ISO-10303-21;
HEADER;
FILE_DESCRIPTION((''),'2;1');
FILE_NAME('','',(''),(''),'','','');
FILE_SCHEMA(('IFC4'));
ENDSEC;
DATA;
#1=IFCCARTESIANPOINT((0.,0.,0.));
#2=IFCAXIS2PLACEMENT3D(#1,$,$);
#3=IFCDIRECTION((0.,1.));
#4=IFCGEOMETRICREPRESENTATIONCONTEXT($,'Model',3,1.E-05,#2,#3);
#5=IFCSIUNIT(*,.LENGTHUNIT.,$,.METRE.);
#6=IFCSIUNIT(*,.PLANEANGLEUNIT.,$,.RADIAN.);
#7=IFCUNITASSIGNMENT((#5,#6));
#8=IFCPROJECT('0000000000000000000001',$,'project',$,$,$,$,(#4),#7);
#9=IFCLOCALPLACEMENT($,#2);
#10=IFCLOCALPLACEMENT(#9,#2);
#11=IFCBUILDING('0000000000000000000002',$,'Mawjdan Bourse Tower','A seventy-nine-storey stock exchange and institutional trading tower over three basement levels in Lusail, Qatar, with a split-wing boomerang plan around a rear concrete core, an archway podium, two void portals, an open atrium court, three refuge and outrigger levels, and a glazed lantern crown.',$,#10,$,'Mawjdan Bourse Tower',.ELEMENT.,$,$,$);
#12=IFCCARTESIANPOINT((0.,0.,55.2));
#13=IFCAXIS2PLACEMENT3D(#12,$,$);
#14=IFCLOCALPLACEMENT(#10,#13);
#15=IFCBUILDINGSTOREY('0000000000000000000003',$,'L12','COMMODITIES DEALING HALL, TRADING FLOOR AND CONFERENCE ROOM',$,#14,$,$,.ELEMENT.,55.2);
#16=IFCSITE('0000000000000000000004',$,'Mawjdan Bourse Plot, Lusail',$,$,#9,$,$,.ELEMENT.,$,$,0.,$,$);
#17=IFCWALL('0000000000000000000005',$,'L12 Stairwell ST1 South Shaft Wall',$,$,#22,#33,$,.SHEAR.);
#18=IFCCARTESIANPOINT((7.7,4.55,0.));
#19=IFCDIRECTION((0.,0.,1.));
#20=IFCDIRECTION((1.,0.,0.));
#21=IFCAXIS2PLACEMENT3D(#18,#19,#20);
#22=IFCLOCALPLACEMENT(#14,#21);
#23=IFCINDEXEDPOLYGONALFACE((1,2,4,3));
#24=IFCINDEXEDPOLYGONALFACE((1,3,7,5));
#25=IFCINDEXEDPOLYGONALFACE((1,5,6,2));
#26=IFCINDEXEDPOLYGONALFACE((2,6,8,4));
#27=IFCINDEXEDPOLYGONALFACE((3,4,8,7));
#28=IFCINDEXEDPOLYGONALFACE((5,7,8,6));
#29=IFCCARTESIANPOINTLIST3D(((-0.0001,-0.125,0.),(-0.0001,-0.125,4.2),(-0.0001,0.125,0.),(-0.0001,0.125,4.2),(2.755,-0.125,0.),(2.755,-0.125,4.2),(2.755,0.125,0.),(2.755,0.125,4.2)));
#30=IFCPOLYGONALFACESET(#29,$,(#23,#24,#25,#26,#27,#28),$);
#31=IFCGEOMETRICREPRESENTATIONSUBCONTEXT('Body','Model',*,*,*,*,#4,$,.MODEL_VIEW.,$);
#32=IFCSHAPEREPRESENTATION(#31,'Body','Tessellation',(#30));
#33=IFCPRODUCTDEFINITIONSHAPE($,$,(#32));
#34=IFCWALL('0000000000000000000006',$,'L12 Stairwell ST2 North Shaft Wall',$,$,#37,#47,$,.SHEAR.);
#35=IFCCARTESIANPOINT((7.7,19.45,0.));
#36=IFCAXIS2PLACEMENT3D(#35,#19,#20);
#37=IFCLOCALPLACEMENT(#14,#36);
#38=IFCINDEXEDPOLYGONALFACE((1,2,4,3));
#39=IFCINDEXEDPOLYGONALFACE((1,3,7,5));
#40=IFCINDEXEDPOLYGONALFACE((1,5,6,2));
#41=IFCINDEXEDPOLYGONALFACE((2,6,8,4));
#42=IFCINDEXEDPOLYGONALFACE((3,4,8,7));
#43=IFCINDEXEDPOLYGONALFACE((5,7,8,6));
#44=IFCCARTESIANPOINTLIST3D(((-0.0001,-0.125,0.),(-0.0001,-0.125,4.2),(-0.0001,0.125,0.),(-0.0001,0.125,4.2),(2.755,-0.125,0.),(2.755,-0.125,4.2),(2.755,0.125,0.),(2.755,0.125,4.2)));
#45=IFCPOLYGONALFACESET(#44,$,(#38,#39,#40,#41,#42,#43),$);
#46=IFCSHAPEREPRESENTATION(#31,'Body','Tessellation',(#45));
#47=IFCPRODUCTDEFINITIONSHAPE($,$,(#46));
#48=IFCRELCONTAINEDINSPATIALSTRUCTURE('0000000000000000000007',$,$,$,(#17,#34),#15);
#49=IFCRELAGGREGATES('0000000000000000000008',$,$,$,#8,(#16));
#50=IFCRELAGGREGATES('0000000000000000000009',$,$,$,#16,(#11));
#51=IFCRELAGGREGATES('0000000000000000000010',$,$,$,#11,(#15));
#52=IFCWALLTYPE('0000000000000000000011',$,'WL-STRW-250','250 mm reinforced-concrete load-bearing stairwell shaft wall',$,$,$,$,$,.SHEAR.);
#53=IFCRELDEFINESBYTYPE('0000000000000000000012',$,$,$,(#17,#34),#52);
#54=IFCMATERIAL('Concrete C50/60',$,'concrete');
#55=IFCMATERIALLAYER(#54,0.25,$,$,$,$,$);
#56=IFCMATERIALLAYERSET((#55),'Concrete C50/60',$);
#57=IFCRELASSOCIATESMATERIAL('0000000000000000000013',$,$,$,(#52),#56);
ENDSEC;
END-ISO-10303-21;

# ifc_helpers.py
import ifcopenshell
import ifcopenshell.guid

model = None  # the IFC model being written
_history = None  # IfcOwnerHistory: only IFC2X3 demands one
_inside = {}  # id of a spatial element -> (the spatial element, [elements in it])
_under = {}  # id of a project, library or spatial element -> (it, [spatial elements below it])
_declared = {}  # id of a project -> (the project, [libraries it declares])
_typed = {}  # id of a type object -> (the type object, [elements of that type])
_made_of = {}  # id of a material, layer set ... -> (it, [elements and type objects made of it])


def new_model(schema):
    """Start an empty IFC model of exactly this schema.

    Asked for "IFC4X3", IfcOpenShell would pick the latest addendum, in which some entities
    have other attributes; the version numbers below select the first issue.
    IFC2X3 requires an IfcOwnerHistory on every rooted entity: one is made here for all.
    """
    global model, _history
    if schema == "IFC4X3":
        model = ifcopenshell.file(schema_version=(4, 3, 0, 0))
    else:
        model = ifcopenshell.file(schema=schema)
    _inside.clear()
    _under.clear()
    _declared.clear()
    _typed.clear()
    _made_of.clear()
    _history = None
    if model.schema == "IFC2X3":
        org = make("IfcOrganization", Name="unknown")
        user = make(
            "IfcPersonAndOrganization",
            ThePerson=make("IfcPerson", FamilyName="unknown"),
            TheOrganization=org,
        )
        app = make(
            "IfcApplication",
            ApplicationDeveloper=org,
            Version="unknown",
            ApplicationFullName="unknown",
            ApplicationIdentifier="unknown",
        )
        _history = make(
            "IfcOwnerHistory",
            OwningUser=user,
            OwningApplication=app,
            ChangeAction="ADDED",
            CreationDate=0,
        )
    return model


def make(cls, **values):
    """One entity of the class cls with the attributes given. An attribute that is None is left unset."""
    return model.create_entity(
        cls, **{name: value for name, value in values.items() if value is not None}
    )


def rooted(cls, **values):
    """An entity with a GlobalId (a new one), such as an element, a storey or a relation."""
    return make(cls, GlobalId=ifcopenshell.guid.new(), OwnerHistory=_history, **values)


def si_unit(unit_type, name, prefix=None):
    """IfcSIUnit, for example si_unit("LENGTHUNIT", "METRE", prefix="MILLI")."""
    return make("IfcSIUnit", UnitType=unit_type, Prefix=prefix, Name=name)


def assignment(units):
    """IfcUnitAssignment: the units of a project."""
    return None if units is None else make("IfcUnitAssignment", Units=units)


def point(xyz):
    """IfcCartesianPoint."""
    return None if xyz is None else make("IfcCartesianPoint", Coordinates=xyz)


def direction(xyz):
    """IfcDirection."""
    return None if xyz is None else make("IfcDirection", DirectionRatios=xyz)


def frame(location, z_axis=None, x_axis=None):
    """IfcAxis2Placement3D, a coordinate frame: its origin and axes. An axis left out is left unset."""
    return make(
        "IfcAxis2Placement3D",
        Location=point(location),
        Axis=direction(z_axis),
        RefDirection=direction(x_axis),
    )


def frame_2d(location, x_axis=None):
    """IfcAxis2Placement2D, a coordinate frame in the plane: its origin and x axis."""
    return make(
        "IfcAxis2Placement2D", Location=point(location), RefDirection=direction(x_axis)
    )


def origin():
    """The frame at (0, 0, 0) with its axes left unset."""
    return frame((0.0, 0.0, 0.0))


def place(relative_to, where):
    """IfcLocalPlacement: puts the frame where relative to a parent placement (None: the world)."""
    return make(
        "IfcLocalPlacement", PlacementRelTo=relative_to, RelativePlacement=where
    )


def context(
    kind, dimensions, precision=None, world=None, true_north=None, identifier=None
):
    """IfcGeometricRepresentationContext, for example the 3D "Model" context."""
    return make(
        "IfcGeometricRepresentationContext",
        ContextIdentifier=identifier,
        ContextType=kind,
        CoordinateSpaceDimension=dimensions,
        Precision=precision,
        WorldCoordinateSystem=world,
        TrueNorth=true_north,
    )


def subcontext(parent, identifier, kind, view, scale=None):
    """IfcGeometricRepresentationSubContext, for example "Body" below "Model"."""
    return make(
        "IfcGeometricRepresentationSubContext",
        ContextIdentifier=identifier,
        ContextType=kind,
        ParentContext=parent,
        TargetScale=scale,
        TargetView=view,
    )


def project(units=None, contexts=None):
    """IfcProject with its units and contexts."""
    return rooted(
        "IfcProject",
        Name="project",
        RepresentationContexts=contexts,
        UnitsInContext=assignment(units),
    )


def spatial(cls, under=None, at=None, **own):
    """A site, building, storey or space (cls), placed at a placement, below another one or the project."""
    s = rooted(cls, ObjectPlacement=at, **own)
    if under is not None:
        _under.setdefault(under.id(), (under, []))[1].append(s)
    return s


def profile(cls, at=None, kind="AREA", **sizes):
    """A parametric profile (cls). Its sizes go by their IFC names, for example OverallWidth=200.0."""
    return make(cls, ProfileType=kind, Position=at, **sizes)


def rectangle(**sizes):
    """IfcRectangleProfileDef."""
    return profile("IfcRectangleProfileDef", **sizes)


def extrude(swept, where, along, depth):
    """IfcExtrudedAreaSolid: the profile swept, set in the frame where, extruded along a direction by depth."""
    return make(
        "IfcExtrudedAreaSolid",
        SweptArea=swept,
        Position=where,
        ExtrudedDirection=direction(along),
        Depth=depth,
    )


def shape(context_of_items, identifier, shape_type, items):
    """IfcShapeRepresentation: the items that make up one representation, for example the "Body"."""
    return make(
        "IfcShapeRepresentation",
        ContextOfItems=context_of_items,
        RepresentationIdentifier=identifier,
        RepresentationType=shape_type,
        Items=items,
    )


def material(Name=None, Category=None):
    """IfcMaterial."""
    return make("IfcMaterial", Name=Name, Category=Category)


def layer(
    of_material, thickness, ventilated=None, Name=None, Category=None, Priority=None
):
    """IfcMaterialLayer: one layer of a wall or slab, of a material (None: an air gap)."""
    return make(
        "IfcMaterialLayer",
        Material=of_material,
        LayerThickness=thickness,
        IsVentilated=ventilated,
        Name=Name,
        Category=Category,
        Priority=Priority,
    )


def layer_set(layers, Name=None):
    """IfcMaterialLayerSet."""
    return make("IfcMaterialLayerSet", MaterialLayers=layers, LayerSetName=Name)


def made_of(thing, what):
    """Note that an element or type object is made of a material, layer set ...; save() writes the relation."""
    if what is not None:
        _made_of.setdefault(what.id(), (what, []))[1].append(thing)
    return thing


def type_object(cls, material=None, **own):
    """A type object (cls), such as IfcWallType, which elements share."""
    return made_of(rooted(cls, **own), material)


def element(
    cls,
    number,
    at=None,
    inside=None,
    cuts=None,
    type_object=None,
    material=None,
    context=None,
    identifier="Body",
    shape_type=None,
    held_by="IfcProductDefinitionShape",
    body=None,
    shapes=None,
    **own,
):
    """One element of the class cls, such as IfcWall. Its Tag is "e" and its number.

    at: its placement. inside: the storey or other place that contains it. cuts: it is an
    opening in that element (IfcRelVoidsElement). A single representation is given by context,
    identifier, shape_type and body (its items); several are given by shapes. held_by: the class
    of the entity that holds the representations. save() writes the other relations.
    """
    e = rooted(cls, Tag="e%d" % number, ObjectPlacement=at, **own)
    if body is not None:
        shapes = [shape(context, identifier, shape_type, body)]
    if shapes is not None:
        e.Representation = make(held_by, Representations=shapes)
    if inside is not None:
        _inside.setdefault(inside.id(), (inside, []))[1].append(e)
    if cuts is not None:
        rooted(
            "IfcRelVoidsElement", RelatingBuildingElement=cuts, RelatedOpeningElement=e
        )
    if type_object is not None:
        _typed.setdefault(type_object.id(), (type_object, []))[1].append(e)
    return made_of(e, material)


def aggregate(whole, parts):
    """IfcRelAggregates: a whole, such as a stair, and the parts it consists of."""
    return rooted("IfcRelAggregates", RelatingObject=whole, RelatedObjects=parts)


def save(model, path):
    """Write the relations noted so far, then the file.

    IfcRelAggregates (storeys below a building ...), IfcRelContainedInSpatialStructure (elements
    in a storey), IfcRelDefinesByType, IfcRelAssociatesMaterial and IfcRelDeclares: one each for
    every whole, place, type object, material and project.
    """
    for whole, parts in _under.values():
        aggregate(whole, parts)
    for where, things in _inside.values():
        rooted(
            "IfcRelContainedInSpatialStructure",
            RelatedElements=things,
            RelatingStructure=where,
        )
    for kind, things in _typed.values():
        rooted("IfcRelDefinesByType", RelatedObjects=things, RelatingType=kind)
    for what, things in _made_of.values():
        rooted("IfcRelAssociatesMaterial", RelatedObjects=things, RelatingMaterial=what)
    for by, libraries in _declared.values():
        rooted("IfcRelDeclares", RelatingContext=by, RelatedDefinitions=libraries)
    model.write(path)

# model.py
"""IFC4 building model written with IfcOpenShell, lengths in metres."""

from ifc_helpers import new_model, si_unit, direction, frame, frame_2d, origin, place, context, subcontext, project, spatial, rectangle, extrude, material, layer, layer_set, type_object, element, save


model = new_model("IFC4")

# Units and contexts
model_context = context("Model", 3, precision=1e-05, world=origin(), true_north=direction((0.0, 1.0)))
body_context = subcontext(model_context, "Body", "Model", "MODEL_VIEW")
ifc_project = project(units=[si_unit("LENGTHUNIT", "METRE"), si_unit("PLANEANGLEUNIT", "RADIAN")], contexts=[model_context])

# Site, building, storey
site_placement = place(None, origin())
site = spatial("IfcSite", under=ifc_project, at=site_placement, Name="Mawjdan Bourse Plot, Lusail", CompositionType="ELEMENT", RefElevation=0.0)
building_placement = place(site_placement, origin())
building = spatial("IfcBuilding", under=site, at=building_placement, Name="Mawjdan Bourse Tower", Description="A seventy-nine-storey stock exchange and institutional trading tower over three basement levels in Lusail, Qatar, with a split-wing boomerang plan around a rear concrete core, an archway podium, two void portals, an open atrium court, three refuge and outrigger levels, and a glazed lantern crown.", LongName="Mawjdan Bourse Tower", CompositionType="ELEMENT")
storey_placement = place(building_placement, frame((0.0, 0.0, 55.2)))
storey = spatial("IfcBuildingStorey", under=building, at=storey_placement, Name="L12", Description="COMMODITIES DEALING HALL, TRADING FLOOR AND CONFERENCE ROOM", CompositionType="ELEMENT", Elevation=55.2)

# Shared definitions
ifc_material_1 = material(Name="Concrete C50/60", Category="concrete")

# Walls
ifc_layer_1 = layer(ifc_material_1, 0.25)
ifc_layer_set_1 = layer_set([ifc_layer_1], Name="Concrete C50/60")
wall_type_1 = type_object("IfcWallType", Name="WL-STRW-250", Description="250 mm reinforced-concrete load-bearing stairwell shaft wall", PredefinedType="SHEAR", material=ifc_layer_set_1)
for number, where, z_axis, x_axis, name in (
    (1, (7.7, 4.55, 0.0), (0.0, 0.0, 1.0), (1.0, 0.0, 0.0), "L12 Stairwell ST1 South Shaft Wall"),
    (2, (7.7, 19.45, 0.0), (0.0, 0.0, 1.0), (1.0, 0.0, 0.0), "L12 Stairwell ST2 North Shaft Wall"),
):
    element("IfcWall", number, at=place(storey_placement, frame(where, z_axis=z_axis, x_axis=x_axis)), inside=storey, type_object=wall_type_1, Name=name, PredefinedType="SHEAR", context=body_context, shape_type="SweptSolid", body=[
        extrude(rectangle(XDim=2.7551, YDim=0.25, at=frame_2d((1.3774, 0.0))), origin(), (0.0, 0.0, 1.0), 4.2),
    ])

save(model, "model.ifc")
